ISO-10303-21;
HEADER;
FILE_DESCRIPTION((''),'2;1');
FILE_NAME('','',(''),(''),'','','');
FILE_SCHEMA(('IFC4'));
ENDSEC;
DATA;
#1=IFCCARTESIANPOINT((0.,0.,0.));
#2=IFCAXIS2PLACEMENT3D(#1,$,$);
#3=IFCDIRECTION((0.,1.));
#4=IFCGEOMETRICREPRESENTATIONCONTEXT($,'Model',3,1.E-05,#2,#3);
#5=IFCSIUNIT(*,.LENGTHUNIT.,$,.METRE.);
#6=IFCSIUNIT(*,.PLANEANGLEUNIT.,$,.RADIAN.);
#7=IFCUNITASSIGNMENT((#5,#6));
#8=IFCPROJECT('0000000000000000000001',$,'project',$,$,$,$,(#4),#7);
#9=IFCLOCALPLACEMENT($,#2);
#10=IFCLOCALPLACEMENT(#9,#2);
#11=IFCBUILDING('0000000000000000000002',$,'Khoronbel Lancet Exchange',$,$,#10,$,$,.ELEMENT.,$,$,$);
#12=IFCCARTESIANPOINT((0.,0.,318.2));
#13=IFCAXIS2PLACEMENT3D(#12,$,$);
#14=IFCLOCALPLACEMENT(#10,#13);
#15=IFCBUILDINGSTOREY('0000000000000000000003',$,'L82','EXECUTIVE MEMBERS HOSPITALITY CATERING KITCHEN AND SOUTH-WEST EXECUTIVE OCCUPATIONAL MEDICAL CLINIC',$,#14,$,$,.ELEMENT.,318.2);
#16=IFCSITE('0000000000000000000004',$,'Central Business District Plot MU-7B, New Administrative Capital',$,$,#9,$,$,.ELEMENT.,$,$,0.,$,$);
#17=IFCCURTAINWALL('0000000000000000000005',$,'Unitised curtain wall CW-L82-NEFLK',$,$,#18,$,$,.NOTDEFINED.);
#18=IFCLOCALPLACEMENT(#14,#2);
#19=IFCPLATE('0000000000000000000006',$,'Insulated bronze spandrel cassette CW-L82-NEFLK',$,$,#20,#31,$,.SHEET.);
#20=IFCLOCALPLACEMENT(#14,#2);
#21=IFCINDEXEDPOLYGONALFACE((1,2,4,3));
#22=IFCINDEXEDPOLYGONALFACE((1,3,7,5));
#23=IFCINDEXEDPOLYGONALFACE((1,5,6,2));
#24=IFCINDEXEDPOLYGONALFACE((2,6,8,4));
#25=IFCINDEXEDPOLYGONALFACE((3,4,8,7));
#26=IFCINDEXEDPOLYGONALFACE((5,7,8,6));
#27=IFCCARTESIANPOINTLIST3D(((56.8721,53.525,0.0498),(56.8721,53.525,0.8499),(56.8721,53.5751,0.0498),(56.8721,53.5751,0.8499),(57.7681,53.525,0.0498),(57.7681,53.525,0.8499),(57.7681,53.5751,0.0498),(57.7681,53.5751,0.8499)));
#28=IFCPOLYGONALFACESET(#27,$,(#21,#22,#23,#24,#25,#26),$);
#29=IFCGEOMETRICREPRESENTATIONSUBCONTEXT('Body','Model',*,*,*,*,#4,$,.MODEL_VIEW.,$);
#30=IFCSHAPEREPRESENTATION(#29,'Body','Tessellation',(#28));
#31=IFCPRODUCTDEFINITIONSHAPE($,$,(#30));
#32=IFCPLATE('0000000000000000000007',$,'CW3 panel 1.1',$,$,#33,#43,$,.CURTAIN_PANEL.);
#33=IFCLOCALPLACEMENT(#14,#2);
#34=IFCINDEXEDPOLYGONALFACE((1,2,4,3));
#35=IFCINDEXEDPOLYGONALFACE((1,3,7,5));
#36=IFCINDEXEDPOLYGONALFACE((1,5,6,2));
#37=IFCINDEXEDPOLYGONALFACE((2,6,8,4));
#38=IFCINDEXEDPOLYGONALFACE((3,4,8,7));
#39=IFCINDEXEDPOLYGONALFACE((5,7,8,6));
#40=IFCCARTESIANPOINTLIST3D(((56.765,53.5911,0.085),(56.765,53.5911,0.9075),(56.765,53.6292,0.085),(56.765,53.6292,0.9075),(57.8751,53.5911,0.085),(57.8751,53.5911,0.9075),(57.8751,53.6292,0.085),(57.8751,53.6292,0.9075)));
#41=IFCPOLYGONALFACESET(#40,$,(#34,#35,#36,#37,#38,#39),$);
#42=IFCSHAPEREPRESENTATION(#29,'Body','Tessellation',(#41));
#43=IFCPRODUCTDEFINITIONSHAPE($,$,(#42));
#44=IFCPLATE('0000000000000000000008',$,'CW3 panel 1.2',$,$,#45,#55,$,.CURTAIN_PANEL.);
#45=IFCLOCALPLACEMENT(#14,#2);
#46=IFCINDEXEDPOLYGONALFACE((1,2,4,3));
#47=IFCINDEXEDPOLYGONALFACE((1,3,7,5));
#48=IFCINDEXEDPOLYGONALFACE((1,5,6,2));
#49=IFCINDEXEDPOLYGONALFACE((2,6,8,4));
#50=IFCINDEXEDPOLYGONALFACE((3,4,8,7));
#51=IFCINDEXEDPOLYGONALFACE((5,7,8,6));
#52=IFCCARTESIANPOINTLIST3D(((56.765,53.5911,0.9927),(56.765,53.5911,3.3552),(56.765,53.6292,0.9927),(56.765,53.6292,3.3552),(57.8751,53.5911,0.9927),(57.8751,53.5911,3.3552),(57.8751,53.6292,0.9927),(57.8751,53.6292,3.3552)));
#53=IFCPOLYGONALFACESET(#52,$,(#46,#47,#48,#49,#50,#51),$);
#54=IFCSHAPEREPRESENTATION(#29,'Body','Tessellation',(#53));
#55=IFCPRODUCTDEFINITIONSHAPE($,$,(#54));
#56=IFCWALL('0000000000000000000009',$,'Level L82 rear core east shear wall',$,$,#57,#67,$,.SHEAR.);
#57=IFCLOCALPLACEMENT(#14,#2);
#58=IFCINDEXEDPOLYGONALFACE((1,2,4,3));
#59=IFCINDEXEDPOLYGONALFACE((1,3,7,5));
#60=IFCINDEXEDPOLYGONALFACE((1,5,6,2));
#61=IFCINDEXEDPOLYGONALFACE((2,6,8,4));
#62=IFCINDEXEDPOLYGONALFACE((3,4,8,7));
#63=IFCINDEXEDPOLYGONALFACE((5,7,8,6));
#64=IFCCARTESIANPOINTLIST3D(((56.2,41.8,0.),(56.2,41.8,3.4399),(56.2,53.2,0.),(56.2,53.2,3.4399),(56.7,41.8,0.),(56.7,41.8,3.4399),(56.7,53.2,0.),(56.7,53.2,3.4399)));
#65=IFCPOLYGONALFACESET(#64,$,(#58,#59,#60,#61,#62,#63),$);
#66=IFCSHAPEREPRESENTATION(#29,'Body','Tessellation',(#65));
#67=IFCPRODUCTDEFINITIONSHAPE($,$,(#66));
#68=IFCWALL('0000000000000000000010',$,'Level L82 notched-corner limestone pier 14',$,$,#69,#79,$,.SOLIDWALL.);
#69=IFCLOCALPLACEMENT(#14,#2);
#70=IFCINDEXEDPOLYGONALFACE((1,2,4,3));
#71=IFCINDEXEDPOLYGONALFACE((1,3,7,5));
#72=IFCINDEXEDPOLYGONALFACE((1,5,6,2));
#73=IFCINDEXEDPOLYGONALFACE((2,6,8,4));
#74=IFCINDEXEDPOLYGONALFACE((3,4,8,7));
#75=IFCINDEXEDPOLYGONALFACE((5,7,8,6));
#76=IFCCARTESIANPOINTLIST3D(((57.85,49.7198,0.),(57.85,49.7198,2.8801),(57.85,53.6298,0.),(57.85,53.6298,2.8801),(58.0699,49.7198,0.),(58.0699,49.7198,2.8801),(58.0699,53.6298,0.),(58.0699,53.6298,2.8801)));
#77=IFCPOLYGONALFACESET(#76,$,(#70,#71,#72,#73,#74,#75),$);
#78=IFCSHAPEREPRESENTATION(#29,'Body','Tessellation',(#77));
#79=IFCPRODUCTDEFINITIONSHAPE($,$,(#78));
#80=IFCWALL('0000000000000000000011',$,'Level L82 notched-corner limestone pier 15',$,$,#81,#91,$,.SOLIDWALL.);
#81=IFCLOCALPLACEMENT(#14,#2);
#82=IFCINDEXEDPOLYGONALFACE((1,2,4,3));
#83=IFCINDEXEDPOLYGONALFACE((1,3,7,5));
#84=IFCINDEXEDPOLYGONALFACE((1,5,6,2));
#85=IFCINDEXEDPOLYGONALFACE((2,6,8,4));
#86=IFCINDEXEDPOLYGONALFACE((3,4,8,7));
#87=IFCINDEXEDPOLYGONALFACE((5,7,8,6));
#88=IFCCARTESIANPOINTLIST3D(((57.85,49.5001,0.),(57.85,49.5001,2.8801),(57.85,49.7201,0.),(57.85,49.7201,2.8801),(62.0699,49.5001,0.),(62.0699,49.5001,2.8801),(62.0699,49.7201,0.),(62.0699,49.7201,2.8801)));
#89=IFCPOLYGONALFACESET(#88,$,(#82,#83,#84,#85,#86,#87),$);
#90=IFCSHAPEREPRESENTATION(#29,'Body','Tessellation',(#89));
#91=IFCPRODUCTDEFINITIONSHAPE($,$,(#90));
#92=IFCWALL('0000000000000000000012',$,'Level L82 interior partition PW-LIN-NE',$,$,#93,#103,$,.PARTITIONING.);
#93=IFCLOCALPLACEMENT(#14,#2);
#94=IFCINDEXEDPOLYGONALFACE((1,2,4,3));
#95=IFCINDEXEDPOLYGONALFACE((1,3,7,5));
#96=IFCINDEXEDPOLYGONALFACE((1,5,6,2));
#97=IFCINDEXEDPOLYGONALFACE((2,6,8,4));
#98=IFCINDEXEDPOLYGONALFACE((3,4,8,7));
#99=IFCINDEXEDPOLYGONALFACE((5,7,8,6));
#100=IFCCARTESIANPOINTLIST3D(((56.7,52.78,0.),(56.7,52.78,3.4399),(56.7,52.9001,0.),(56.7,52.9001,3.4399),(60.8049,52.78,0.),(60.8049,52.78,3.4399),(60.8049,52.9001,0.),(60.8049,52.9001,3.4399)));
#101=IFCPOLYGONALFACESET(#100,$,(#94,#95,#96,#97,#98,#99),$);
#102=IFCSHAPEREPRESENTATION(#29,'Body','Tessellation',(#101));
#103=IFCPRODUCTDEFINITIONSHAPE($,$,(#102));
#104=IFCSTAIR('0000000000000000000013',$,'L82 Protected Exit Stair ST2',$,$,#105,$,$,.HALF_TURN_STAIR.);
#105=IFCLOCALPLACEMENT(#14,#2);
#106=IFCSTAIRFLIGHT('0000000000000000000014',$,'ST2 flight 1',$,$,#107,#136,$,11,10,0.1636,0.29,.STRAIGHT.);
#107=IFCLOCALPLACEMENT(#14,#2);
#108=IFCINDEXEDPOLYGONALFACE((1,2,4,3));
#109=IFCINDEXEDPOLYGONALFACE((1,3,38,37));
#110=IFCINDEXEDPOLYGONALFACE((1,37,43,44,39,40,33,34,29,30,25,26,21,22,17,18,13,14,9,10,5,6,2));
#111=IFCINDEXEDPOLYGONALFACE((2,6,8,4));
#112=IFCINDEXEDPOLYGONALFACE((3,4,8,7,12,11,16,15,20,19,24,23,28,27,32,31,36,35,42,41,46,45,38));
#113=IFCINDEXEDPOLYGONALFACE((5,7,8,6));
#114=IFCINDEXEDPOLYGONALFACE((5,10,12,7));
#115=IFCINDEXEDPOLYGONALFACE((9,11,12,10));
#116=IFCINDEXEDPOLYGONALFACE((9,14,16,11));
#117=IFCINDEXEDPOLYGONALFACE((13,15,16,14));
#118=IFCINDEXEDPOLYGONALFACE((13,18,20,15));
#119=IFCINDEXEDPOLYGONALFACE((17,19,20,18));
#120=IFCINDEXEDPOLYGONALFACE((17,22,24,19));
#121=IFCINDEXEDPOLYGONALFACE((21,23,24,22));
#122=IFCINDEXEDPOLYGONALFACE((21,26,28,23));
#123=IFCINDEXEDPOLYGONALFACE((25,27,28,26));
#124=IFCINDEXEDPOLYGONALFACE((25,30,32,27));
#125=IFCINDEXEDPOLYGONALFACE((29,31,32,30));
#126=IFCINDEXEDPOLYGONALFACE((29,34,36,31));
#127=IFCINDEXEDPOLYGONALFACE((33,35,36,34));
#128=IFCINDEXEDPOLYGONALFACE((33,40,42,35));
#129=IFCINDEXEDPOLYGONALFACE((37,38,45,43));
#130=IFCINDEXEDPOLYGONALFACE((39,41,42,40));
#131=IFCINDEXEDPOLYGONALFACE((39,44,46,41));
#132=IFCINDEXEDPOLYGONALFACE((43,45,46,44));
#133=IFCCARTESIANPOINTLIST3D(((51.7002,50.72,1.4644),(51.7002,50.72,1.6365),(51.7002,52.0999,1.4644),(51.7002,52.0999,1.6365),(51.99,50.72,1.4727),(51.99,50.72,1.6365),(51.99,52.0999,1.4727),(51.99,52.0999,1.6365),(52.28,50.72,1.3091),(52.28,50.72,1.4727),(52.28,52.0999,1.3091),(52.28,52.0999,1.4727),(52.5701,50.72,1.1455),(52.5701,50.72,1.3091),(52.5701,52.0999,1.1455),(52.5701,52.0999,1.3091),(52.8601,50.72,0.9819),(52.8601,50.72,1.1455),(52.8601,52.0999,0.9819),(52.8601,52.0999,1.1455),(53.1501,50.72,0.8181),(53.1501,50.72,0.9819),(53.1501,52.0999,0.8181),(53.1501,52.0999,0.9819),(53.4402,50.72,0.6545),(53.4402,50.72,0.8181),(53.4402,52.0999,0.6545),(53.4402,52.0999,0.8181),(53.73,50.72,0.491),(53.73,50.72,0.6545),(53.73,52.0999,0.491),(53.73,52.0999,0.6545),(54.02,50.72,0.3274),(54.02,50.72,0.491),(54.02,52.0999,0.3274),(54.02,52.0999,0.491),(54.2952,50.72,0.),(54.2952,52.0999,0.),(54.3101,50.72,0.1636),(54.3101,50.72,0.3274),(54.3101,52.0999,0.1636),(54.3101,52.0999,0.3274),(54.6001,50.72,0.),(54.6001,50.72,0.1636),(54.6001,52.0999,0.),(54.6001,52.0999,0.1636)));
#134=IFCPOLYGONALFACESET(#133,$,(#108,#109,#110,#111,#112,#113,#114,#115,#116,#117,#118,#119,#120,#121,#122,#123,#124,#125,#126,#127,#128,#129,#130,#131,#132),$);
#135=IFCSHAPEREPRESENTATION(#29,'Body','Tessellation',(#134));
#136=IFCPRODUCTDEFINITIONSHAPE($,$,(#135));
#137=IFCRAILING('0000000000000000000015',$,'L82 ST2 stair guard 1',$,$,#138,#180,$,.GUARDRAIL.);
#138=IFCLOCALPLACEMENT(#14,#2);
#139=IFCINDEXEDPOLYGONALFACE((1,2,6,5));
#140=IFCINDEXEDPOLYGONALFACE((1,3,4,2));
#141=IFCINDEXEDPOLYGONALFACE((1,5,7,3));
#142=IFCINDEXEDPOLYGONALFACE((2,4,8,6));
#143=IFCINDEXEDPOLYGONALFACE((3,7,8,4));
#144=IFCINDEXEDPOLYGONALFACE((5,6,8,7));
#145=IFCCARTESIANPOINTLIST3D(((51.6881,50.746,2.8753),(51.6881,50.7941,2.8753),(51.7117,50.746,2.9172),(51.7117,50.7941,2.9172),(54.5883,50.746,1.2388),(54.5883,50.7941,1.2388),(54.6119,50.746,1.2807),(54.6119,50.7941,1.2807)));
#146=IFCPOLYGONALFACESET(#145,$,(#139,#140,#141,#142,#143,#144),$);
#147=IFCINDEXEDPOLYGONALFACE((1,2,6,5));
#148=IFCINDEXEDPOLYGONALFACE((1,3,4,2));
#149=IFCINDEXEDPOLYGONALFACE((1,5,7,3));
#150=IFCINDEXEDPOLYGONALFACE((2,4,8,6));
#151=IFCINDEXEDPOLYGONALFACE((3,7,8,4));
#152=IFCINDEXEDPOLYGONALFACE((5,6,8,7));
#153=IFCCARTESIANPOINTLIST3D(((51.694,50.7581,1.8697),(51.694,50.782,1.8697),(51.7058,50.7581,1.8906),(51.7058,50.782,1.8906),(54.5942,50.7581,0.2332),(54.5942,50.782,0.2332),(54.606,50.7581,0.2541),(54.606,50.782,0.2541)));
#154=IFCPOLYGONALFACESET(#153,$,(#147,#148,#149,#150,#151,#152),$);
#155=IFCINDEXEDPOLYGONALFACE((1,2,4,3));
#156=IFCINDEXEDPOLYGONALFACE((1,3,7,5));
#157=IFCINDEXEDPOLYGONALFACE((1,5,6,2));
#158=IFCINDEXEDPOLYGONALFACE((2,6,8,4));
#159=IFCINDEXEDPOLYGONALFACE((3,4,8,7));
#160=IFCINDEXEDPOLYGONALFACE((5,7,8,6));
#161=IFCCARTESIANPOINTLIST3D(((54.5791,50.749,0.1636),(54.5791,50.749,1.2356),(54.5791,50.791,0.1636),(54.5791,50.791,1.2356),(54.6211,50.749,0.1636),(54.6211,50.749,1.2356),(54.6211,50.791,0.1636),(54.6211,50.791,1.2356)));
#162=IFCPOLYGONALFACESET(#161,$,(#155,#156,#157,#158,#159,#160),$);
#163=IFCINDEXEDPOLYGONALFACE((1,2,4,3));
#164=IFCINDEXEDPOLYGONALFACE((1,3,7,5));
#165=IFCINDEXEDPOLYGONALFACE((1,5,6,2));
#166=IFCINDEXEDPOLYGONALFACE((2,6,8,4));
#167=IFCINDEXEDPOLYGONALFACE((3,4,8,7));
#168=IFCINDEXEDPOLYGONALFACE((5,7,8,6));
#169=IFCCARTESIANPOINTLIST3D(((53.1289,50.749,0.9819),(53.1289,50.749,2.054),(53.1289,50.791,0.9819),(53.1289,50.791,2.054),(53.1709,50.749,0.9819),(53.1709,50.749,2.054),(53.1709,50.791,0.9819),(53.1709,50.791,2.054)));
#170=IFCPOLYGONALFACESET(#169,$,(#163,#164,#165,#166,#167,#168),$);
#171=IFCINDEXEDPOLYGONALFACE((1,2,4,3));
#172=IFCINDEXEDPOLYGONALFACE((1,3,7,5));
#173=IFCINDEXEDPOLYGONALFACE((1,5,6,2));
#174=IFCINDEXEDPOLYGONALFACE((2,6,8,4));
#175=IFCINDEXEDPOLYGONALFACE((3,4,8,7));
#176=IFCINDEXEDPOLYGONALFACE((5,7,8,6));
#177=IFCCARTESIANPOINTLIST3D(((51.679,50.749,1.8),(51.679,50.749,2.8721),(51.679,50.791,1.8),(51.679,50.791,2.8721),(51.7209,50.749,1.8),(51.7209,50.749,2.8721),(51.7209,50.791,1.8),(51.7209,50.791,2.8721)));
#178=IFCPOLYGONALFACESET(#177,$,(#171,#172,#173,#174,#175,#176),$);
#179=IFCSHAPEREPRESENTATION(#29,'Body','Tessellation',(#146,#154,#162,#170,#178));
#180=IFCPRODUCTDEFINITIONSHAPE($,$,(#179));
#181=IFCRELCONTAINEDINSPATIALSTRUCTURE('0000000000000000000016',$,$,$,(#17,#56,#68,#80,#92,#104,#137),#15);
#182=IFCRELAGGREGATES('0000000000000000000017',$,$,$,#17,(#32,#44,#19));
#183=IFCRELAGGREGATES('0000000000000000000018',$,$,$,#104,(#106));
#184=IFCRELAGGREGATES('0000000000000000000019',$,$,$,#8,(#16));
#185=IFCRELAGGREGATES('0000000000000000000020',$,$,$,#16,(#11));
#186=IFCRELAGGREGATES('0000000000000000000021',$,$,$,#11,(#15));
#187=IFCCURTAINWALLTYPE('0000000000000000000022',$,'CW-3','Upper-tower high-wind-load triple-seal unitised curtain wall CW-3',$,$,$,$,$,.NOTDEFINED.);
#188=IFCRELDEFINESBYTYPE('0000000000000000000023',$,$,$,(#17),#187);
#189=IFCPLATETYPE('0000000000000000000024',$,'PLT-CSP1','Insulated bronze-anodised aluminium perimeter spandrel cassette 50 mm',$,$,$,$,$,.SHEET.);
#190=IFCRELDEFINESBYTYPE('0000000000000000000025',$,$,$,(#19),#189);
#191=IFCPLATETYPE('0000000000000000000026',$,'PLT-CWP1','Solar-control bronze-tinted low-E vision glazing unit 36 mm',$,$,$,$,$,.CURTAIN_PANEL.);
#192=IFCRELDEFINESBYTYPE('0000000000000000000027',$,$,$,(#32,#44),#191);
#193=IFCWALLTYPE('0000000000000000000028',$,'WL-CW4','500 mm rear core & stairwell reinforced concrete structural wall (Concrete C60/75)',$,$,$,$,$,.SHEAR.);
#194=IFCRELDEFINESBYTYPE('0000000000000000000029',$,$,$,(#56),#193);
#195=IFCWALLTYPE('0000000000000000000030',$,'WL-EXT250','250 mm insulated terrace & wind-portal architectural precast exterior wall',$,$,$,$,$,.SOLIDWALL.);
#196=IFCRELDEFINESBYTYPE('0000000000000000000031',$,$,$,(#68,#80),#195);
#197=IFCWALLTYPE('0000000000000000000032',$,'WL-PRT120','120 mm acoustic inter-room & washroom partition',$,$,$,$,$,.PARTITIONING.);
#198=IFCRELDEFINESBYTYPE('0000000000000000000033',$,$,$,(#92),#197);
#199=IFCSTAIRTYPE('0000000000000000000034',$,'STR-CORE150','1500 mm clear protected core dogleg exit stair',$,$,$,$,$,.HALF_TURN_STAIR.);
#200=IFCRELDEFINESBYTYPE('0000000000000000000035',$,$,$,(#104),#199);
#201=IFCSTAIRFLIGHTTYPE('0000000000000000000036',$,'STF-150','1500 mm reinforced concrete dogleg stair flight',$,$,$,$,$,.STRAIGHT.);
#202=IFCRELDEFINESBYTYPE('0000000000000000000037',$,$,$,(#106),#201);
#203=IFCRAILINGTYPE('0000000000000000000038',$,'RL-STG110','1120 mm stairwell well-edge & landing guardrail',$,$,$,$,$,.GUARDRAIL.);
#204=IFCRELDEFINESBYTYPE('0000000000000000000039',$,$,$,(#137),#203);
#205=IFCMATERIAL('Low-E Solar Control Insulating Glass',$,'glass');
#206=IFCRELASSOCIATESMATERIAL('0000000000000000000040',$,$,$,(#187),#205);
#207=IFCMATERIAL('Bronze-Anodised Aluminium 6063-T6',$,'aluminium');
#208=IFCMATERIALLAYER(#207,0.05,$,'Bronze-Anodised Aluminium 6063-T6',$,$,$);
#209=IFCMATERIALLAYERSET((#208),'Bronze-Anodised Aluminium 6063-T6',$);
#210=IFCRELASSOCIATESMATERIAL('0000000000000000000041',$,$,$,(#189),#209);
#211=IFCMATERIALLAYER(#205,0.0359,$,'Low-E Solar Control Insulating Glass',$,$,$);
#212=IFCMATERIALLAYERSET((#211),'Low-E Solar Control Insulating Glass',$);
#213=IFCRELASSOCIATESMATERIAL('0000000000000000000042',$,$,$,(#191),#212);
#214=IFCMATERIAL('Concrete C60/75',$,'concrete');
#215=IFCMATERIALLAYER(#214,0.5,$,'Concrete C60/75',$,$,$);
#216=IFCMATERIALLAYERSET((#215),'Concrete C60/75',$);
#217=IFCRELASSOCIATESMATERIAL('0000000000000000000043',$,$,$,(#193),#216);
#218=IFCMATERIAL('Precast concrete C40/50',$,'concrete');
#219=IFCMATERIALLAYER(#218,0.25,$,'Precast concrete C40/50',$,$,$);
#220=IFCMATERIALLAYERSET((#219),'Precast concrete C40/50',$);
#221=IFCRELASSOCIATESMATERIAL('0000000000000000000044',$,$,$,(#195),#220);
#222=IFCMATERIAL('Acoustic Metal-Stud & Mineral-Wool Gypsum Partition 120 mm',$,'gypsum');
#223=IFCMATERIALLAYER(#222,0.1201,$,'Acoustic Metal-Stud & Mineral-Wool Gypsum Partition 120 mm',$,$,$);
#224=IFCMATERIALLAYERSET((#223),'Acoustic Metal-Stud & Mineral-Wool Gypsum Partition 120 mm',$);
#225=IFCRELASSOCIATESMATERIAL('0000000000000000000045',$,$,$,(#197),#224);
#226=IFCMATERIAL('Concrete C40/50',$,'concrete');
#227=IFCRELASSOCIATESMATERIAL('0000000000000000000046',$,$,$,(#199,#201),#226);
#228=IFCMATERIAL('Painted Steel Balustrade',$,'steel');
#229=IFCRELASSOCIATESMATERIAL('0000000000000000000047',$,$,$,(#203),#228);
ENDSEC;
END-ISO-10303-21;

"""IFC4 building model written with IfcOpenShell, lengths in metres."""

from ifc_helpers import new_model, si_unit, direction, frame, frame_2d, origin, origin_2d, place, context, subcontext, project, spatial, polyline, rectangle, outline, extrude, material, layer, layer_set, type_object, element, aggregate, save


model = new_model("IFC4")

# Units and contexts
model_context = context("Model", 3, precision=1e-05, world=origin(), true_north=direction((0.0, 1.0)))
body_context = subcontext(model_context, "Body", "Model", "MODEL_VIEW")
ifc_project = project(units=[si_unit("LENGTHUNIT", "METRE"), si_unit("PLANEANGLEUNIT", "RADIAN")], contexts=[model_context])

# Site, building, storey
site_placement = place(None, origin())
site = spatial("IfcSite", under=ifc_project, at=site_placement, Name="Central Business District Plot MU-7B, New Administrative Capital", CompositionType="ELEMENT", RefElevation=0.0)
building_placement = place(site_placement, origin())
building = spatial("IfcBuilding", under=site, at=building_placement, Name="Khoronbel Lancet Exchange", CompositionType="ELEMENT")
storey_placement = place(building_placement, frame((0.0, 0.0, 318.2)))
storey = spatial("IfcBuildingStorey", under=building, at=storey_placement, Name="L82", Description="EXECUTIVE MEMBERS HOSPITALITY CATERING KITCHEN AND SOUTH-WEST EXECUTIVE OCCUPATIONAL MEDICAL CLINIC", CompositionType="ELEMENT", Elevation=318.2)

# Curtain wall, plates
ifc_material_1 = material(Name="Low-E Solar Control Insulating Glass", Category="glass")
curtain_wall_type = type_object("IfcCurtainWallType", Name="CW-3", Description="Upper-tower high-wind-load triple-seal unitised curtain wall CW-3", PredefinedType="NOTDEFINED", material=ifc_material_1)
curtain_wall_placement = place(storey_placement, origin())
curtain_wall = element("IfcCurtainWall", 1, at=curtain_wall_placement, inside=storey, type_object=curtain_wall_type, Name="Unitised curtain wall CW-L82-NEFLK", PredefinedType="NOTDEFINED")
ifc_material_2 = material(Name="Bronze-Anodised Aluminium 6063-T6", Category="aluminium")
ifc_layer_1 = layer(ifc_material_2, 0.05, Name="Bronze-Anodised Aluminium 6063-T6")
ifc_layer_set_1 = layer_set([ifc_layer_1], Name="Bronze-Anodised Aluminium 6063-T6")
plate_type_1 = type_object("IfcPlateType", Name="PLT-CSP1", Description="Insulated bronze-anodised aluminium perimeter spandrel cassette 50 mm", PredefinedType="SHEET", material=ifc_layer_set_1)
plate_1_placement = place(storey_placement, frame((57.3201, 53.55, 0.0498), z_axis=(0.0, 0.0, 1.0), x_axis=(-1.0, 0.0, 0.0)))
plate_1 = element("IfcPlate", 2, at=plate_1_placement, type_object=plate_type_1, Name="Insulated bronze spandrel cassette CW-L82-NEFLK", PredefinedType="SHEET", context=body_context, shape_type="SweptSolid", body=[
    extrude(rectangle(XDim=0.896, YDim=0.05, at=origin_2d()), origin(), (0.0, 0.0, 1.0), 0.8),
])
ifc_layer_2 = layer(ifc_material_1, 0.0359, Name="Low-E Solar Control Insulating Glass")
ifc_layer_set_2 = layer_set([ifc_layer_2], Name="Low-E Solar Control Insulating Glass")
plate_type_2 = type_object("IfcPlateType", Name="PLT-CWP1", Description="Solar-control bronze-tinted low-E vision glazing unit 36 mm", PredefinedType="CURTAIN_PANEL", material=ifc_layer_set_2)
plate_2_placement = place(storey_placement, frame((57.3201, 53.6101, 0.085), z_axis=(0.0, 0.0, 1.0), x_axis=(-1.0, 0.0, 0.0)))
plate_2 = element("IfcPlate", 3, at=plate_2_placement, type_object=plate_type_2, Name="CW3 panel 1.1", PredefinedType="CURTAIN_PANEL", context=body_context, shape_type="SweptSolid", body=[
    extrude(rectangle(XDim=1.1101, YDim=0.0381, at=origin_2d()), origin(), (0.0, 0.0, 1.0), 0.8225),
])
plate_3_placement = place(storey_placement, frame((57.3201, 53.6101, 0.9927), z_axis=(0.0, 0.0, 1.0), x_axis=(-1.0, 0.0, 0.0)))
plate_3 = element("IfcPlate", 4, at=plate_3_placement, type_object=plate_type_2, Name="CW3 panel 1.2", PredefinedType="CURTAIN_PANEL", context=body_context, shape_type="SweptSolid", body=[
    extrude(rectangle(XDim=1.1101, YDim=0.0381, at=origin_2d()), origin(), (0.0, 0.0, 1.0), 2.3625),
])
aggregate(curtain_wall, [plate_2, plate_3, plate_1])

# Walls
ifc_material_3 = material(Name="Concrete C60/75", Category="concrete")
ifc_layer_3 = layer(ifc_material_3, 0.5, Name="Concrete C60/75")
ifc_layer_set_3 = layer_set([ifc_layer_3], Name="Concrete C60/75")
wall_type_1 = type_object("IfcWallType", Name="WL-CW4", Description="500 mm rear core & stairwell reinforced concrete structural wall (Concrete C60/75)", PredefinedType="SHEAR", material=ifc_layer_set_3)
wall_1_placement = place(storey_placement, frame((56.45, 53.2, 0.0), z_axis=(0.0, 0.0, 1.0), x_axis=(0.0, -1.0, 0.0)))
element("IfcWall", 5, at=wall_1_placement, inside=storey, type_object=wall_type_1, Name="Level L82 rear core east shear wall", PredefinedType="SHEAR", context=body_context, shape_type="SweptSolid", body=[
    extrude(rectangle(XDim=11.3999, YDim=0.5, at=frame_2d((5.7, 0.0))), origin(), (0.0, 0.0, 1.0), 3.4399),
])
ifc_material_4 = material(Name="Precast concrete C40/50", Category="concrete")
ifc_layer_4 = layer(ifc_material_4, 0.25, Name="Precast concrete C40/50")
ifc_layer_set_4 = layer_set([ifc_layer_4], Name="Precast concrete C40/50")
wall_type_2 = type_object("IfcWallType", Name="WL-EXT250", Description="250 mm insulated terrace & wind-portal architectural precast exterior wall", PredefinedType="SOLIDWALL", material=ifc_layer_set_4)
wall_2_placement = place(storey_placement, frame((57.96, 53.6299, 0.0), z_axis=(0.0, 0.0, 1.0), x_axis=(0.0, -1.0, 0.0)))
element("IfcWall", 6, at=wall_2_placement, inside=storey, type_object=wall_type_2, Name="Level L82 notched-corner limestone pier 14", PredefinedType="SOLIDWALL", context=body_context, shape_type="SweptSolid", body=[
    extrude(rectangle(XDim=3.9099, YDim=0.22, at=frame_2d((1.9551, 0.0))), origin(), (0.0, 0.0, 1.0), 2.8801),
])
wall_3_placement = place(storey_placement, frame((57.8501, 49.6101, 0.0), z_axis=(0.0, 0.0, 1.0), x_axis=(1.0, 0.0, 0.0)))
element("IfcWall", 7, at=wall_3_placement, inside=storey, type_object=wall_type_2, Name="Level L82 notched-corner limestone pier 15", PredefinedType="SOLIDWALL", context=body_context, shape_type="SweptSolid", body=[
    extrude(rectangle(XDim=4.22, YDim=0.22, at=frame_2d((2.1099, 0.0))), origin(), (0.0, 0.0, 1.0), 2.8801),
])
ifc_material_5 = material(Name="Acoustic Metal-Stud & Mineral-Wool Gypsum Partition 120 mm", Category="gypsum")
ifc_layer_5 = layer(ifc_material_5, 0.1201, Name="Acoustic Metal-Stud & Mineral-Wool Gypsum Partition 120 mm")
ifc_layer_set_5 = layer_set([ifc_layer_5], Name="Acoustic Metal-Stud & Mineral-Wool Gypsum Partition 120 mm")
wall_type_3 = type_object("IfcWallType", Name="WL-PRT120", Description="120 mm acoustic inter-room & washroom partition", PredefinedType="PARTITIONING", material=ifc_layer_set_5)
wall_4_placement = place(storey_placement, frame((56.7, 52.8401, 0.0), z_axis=(0.0, 0.0, 1.0), x_axis=(1.0, 0.0, 0.0)))
element("IfcWall", 8, at=wall_4_placement, inside=storey, type_object=wall_type_3, Name="Level L82 interior partition PW-LIN-NE", PredefinedType="PARTITIONING", context=body_context, shape_type="SweptSolid", body=[
    extrude(rectangle(XDim=4.105, YDim=0.1201, at=frame_2d((2.0525, 0.0))), origin(), (0.0, 0.0, 1.0), 3.4399),
])

# Stair, stair flight
ifc_material_6 = material(Name="Concrete C40/50", Category="concrete")
stair_type = type_object("IfcStairType", Name="STR-CORE150", Description="1500 mm clear protected core dogleg exit stair", PredefinedType="HALF_TURN_STAIR", material=ifc_material_6)
stair_placement = place(storey_placement, origin())
stair = element("IfcStair", 9, at=stair_placement, inside=storey, type_object=stair_type, Name="L82 Protected Exit Stair ST2", PredefinedType="HALF_TURN_STAIR")
stair_flight_type = type_object("IfcStairFlightType", Name="STF-150", Description="1500 mm reinforced concrete dogleg stair flight", PredefinedType="STRAIGHT", material=ifc_material_6)
stair_flight_placement = place(storey_placement, frame((54.6001, 51.4099, 0.0), z_axis=(0.0, 0.0, 1.0), x_axis=(-1.0, 0.0, 0.0)))
stair_flight = element("IfcStairFlight", 10, at=stair_flight_placement, type_object=stair_flight_type, Name="ST2 flight 1", NumberOfRisers=11, NumberOfTreads=10, PredefinedType="STRAIGHT", RiserHeight=0.1636, TreadLength=0.29, context=body_context, shape_type="SweptSolid", body=[
    extrude(outline(polyline([(0.0, 0.0), (0.0, 0.1636), (0.29, 0.1636), (0.29, 0.3274), (0.5801, 0.3274), (0.5801, 0.491), (0.8701, 0.491), (0.8701, 0.6545), (1.1599, 0.6545), (1.1599, 0.8181), (1.45, 0.8181), (1.45, 0.9819), (1.74, 0.9819), (1.74, 1.1455), (2.03, 1.1455), (2.03, 1.3091), (2.3201, 1.3091), (2.3201, 1.4727), (2.6101, 1.4727), (2.6101, 1.6365), (2.8999, 1.6365), (2.8999, 1.8), (2.8999, 1.4644), (0.3049, 0.0), (0.0, 0.0)])), frame((0.0, 0.6899, 0.0), z_axis=(0.0, -1.0, 0.0), x_axis=(1.0, 0.0, 0.0)), (0.0, 0.0, 1.0), 1.3799),
])
aggregate(stair, [stair_flight])

# Railing
ifc_material_7 = material(Name="Painted Steel Balustrade", Category="steel")
railing_type_1 = type_object("IfcRailingType", Name="RL-STG110", Description="1120 mm stairwell well-edge & landing guardrail", PredefinedType="GUARDRAIL", material=ifc_material_7)
railing_1_placement = place(storey_placement, frame((54.6001, 50.77, 0.1636)))
element("IfcRailing", 11, at=railing_1_placement, inside=storey, type_object=railing_type_1, Name="L82 ST2 stair guard 1", PredefinedType="GUARDRAIL", context=body_context, shape_type="SweptSolid", body=[
    extrude(rectangle(XDim=0.0481, YDim=0.0481, at=origin_2d()), frame((0.0, 0.0, 1.0962), z_axis=(-0.870915, 0.0, 0.491434), x_axis=(0.0, -1.0, 0.0)), (0.0, 0.0, 1.0), 3.3301),
    extrude(rectangle(XDim=0.0239, YDim=0.0239, at=origin_2d()), frame((0.0, 0.0, 0.0801), z_axis=(-0.870915, 0.0, 0.491434), x_axis=(0.0, -1.0, 0.0)), (0.0, 0.0, 1.0), 3.3301),
    extrude(rectangle(XDim=0.042, YDim=0.042, at=origin_2d()), origin(), (0.0, 0.0, 1.0), 1.072),
    extrude(rectangle(XDim=0.042, YDim=0.042, at=origin_2d()), frame((-1.4502, 0.0, 0.8184)), (0.0, 0.0, 1.0), 1.072),
    extrude(rectangle(XDim=0.042, YDim=0.042, at=origin_2d()), frame((-2.9001, 0.0, 1.6365)), (0.0, 0.0, 1.0), 1.072),
])

save(model, "model.ifc")
